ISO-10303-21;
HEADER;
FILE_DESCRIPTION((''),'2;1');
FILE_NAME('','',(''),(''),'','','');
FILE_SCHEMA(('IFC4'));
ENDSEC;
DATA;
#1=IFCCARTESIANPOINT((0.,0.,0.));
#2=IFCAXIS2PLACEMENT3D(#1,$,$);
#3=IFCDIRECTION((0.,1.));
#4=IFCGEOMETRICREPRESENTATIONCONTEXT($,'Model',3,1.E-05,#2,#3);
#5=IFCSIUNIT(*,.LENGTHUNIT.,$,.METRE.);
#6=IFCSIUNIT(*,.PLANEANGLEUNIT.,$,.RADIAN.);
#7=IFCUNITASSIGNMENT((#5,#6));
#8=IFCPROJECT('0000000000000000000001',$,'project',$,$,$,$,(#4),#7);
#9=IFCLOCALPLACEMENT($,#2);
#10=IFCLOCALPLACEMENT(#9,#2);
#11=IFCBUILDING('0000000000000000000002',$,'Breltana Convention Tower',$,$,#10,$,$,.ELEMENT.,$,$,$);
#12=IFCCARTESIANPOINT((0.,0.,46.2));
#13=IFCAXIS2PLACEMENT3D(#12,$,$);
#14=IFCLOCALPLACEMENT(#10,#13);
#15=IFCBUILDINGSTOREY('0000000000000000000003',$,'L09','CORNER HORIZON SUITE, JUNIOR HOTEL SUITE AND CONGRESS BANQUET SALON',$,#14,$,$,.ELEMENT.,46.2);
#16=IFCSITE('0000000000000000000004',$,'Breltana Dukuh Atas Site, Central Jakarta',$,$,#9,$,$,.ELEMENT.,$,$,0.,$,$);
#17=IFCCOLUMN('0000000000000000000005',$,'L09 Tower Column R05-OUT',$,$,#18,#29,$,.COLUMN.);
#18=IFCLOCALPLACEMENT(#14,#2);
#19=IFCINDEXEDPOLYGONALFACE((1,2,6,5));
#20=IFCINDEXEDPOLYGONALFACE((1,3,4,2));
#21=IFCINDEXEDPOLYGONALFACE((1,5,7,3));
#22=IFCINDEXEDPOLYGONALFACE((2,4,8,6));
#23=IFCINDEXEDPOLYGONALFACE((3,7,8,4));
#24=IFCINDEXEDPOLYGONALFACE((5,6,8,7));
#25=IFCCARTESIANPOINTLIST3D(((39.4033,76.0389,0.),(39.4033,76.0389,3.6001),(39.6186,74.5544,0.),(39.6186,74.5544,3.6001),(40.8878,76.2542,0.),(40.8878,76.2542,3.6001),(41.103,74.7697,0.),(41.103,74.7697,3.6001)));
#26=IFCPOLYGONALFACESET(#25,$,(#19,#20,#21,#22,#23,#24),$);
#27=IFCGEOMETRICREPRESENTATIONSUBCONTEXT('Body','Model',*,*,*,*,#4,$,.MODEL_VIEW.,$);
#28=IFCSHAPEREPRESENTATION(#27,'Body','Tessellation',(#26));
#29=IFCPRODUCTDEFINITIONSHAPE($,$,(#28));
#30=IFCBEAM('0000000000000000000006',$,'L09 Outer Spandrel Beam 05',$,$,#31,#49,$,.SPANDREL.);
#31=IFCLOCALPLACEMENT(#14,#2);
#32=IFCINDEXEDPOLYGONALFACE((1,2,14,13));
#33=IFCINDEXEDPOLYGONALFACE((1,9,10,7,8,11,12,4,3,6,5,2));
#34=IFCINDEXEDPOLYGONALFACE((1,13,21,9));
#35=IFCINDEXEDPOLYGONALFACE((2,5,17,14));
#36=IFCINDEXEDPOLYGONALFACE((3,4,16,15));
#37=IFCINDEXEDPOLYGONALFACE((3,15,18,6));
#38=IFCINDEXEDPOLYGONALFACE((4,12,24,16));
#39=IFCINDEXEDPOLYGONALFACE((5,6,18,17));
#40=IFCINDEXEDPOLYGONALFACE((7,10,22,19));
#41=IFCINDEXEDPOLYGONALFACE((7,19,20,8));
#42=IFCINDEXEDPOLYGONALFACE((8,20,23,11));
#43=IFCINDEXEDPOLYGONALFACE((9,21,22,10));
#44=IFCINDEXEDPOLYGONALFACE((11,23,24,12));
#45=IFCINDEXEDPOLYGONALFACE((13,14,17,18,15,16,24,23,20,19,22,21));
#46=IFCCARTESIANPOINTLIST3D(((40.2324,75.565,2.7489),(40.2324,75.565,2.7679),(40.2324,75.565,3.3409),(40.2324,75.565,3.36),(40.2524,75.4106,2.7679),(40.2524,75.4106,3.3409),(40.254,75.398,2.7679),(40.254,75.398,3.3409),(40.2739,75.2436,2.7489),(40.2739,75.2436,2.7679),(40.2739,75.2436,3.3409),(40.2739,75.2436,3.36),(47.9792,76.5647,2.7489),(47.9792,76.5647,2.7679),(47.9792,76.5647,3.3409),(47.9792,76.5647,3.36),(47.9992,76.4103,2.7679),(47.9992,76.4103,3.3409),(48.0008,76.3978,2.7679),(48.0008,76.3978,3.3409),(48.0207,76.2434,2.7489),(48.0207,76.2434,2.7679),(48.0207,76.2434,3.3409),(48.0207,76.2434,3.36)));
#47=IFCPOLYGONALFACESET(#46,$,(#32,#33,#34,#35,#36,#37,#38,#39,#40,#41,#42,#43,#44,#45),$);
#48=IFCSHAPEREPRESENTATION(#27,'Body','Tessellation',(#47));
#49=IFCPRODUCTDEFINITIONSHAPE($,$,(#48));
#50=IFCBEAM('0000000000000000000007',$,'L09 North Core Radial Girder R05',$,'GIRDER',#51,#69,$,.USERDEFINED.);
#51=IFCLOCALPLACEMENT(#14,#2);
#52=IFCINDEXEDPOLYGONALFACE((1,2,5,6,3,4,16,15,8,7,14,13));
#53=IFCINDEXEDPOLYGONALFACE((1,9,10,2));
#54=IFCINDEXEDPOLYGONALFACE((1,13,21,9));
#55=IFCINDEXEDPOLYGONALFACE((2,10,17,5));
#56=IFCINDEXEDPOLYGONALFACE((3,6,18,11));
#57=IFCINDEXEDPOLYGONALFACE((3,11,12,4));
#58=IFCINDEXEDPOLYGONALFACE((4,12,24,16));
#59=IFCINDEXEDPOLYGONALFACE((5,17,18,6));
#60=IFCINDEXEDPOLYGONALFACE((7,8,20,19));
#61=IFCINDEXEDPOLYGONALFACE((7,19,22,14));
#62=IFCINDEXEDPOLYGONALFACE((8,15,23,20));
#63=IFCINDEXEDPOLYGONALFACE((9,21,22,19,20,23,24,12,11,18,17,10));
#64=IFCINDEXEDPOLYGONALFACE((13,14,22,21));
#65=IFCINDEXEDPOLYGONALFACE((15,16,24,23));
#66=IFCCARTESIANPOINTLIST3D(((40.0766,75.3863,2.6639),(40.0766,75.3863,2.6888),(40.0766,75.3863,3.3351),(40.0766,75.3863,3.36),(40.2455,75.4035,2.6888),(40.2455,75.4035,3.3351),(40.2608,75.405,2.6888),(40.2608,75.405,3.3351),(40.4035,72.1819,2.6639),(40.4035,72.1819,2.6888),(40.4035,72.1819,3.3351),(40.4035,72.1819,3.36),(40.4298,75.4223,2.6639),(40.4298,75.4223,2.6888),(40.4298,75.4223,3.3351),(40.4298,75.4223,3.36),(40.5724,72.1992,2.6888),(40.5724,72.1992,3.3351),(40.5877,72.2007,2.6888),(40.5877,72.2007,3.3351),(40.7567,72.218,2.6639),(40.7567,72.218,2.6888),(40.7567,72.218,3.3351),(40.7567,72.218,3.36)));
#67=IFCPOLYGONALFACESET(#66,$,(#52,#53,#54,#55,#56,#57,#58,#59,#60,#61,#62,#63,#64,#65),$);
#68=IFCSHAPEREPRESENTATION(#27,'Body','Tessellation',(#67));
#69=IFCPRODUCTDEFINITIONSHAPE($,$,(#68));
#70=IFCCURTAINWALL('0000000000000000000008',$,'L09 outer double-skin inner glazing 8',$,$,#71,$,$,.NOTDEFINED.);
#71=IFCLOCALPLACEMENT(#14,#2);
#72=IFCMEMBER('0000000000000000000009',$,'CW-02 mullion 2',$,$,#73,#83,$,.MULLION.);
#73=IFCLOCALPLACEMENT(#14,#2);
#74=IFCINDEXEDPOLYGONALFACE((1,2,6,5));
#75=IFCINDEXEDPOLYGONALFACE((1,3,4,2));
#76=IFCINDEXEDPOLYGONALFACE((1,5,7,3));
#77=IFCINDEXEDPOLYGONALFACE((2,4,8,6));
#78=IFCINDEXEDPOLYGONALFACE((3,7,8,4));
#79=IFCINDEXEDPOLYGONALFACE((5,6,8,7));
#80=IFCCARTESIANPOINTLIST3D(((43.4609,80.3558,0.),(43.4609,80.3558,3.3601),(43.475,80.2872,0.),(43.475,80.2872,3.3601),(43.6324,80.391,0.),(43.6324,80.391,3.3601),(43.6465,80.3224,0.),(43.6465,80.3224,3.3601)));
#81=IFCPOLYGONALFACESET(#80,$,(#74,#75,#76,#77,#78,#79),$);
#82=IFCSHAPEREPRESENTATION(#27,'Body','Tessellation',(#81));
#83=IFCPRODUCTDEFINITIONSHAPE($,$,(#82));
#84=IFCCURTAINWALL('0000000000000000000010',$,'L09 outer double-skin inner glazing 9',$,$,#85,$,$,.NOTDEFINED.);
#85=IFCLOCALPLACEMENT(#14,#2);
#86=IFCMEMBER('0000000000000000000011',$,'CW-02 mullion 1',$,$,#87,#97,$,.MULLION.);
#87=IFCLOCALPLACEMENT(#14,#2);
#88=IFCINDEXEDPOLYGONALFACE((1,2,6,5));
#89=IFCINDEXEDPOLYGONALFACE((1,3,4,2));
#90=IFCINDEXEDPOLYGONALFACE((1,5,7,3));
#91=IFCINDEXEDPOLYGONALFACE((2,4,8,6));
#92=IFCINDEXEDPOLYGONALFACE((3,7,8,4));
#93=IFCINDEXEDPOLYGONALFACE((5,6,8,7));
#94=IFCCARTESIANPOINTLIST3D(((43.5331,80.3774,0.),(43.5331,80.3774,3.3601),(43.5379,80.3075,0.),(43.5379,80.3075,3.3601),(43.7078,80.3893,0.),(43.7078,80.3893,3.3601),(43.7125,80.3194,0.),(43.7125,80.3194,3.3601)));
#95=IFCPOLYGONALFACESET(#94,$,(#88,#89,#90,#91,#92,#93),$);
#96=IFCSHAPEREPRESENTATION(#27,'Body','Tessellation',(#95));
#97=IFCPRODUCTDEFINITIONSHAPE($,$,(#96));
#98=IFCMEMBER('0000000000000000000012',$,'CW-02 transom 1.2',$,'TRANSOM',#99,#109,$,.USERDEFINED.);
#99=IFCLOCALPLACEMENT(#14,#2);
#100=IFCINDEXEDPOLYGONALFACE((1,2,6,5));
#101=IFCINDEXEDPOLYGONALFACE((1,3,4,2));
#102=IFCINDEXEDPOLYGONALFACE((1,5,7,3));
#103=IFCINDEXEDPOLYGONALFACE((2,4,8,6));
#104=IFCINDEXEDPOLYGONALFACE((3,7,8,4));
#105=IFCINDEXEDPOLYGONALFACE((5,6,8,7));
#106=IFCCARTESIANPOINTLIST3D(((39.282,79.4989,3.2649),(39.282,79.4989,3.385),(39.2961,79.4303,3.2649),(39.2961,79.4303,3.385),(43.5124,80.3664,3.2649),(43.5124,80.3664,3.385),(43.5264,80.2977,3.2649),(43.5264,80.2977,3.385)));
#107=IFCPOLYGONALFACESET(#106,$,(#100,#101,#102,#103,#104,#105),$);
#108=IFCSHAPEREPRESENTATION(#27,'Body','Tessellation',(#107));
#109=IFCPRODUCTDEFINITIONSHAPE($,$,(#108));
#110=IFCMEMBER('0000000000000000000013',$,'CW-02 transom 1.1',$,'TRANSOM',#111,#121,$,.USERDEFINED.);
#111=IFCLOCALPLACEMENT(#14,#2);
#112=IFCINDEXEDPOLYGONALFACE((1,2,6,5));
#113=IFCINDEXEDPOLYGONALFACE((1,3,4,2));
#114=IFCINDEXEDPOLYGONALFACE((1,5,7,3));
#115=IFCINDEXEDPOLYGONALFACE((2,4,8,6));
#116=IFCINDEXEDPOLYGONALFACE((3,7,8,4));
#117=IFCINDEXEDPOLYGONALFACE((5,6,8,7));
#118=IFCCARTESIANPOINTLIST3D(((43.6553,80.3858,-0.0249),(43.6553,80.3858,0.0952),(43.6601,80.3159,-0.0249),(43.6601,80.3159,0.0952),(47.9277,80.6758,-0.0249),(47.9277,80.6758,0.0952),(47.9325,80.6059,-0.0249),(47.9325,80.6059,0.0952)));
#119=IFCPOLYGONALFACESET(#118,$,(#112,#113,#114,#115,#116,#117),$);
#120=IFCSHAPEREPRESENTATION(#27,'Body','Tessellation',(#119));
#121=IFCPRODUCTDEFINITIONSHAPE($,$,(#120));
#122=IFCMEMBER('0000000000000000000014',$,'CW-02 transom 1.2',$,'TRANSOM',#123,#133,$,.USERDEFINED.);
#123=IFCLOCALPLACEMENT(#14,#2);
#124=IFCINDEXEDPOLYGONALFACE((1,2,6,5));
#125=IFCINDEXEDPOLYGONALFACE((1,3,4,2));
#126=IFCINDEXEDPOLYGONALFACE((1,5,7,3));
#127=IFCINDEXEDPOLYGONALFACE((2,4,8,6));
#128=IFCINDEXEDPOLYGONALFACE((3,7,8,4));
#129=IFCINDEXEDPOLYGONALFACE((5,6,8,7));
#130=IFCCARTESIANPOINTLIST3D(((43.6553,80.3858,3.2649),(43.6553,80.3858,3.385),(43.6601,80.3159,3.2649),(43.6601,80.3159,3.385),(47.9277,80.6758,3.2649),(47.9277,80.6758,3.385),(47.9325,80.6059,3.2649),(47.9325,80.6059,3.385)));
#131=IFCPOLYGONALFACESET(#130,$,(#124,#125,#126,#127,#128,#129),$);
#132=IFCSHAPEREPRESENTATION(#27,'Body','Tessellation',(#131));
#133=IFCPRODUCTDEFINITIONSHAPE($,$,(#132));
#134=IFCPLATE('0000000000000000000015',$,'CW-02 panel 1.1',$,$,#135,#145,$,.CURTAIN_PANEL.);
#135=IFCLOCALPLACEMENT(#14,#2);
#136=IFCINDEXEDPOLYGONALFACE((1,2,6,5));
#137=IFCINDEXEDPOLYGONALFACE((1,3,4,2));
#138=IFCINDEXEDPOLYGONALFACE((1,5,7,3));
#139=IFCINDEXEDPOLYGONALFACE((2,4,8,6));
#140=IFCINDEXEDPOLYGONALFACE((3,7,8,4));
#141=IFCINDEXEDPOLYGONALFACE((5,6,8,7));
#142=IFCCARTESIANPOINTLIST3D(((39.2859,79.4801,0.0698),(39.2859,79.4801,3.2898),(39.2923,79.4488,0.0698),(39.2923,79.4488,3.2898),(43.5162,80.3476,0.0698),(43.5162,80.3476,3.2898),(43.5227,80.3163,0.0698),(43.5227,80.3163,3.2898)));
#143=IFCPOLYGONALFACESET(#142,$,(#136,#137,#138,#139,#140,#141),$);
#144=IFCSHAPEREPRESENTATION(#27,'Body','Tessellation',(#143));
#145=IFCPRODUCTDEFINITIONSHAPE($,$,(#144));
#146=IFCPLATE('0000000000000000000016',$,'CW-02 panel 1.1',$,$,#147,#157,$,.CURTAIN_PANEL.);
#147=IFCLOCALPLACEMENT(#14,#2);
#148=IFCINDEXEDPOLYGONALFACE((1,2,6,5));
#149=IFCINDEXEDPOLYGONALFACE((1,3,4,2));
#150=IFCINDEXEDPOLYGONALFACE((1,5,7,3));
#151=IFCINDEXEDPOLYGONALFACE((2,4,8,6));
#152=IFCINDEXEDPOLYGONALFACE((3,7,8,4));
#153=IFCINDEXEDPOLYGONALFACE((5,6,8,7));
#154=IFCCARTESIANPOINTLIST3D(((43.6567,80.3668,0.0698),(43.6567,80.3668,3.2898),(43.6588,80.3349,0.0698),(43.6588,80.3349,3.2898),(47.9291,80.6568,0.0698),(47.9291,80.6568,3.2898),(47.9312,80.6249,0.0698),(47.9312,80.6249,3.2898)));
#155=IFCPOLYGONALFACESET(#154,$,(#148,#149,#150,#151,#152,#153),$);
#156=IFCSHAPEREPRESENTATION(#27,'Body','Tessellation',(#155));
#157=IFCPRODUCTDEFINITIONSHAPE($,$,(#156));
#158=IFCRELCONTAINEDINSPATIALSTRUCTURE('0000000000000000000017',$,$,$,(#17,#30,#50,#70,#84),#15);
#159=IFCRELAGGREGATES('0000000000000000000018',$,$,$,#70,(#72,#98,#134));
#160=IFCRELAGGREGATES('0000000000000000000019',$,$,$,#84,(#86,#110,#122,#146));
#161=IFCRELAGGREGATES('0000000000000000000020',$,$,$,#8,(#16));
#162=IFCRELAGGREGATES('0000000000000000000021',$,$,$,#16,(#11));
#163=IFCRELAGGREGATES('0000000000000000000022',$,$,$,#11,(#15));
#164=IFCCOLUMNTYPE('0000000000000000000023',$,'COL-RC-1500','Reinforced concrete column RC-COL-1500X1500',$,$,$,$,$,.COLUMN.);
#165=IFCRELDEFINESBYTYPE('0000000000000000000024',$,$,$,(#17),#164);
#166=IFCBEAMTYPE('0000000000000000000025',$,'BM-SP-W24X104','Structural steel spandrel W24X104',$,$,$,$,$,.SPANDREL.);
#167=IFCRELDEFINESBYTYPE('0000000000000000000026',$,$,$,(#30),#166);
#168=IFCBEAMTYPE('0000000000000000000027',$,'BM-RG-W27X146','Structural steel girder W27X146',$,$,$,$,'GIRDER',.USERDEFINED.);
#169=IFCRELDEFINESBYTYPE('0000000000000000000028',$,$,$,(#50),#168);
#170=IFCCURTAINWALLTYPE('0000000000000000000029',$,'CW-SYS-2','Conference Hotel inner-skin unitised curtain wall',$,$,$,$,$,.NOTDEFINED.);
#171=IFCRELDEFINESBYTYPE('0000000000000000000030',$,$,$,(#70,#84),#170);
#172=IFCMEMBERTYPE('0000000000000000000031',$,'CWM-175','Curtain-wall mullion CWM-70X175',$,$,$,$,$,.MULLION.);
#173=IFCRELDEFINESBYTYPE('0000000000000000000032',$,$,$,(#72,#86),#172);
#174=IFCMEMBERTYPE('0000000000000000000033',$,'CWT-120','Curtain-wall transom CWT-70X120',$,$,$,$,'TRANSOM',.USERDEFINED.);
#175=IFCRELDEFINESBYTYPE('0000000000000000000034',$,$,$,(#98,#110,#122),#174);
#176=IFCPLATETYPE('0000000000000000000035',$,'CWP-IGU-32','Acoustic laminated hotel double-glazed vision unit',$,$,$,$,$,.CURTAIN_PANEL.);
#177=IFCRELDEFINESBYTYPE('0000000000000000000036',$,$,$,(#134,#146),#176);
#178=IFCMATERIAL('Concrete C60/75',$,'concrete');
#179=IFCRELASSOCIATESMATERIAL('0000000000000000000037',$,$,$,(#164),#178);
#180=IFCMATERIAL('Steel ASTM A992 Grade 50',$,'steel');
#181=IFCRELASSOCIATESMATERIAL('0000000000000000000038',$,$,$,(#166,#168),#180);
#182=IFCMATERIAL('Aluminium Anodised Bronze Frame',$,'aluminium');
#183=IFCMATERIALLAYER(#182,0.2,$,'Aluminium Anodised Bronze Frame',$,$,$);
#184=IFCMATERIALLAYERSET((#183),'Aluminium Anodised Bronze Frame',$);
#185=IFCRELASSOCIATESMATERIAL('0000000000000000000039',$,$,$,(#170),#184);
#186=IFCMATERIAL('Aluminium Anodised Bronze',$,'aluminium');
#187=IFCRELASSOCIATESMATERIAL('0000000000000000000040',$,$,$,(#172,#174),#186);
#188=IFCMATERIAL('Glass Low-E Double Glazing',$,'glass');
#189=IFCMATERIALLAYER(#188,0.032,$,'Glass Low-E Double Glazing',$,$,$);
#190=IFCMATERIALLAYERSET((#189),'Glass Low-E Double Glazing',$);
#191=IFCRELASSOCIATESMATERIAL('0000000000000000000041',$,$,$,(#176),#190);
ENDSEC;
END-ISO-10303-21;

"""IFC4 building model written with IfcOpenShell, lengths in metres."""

from ifc_helpers import new_model, si_unit, direction, frame, origin, origin_2d, place, context, subcontext, project, spatial, rectangle, i_section, extrude, source, transform, mapped, material, layer, layer_set, material_profile, profile_set, type_object, type_shapes, element, aggregate, save


model = new_model("IFC4")

# Units and contexts
model_context = context("Model", 3, precision=1e-05, world=origin(), true_north=direction((0.0, 1.0)))
body_context = subcontext(model_context, "Body", "Model", "MODEL_VIEW")
ifc_project = project(units=[si_unit("LENGTHUNIT", "METRE"), si_unit("PLANEANGLEUNIT", "RADIAN")], contexts=[model_context])

# Site, building, storey
site_placement = place(None, origin())
site = spatial("IfcSite", under=ifc_project, at=site_placement, Name="Breltana Dukuh Atas Site, Central Jakarta", CompositionType="ELEMENT", RefElevation=0.0)
building_placement = place(site_placement, origin())
building = spatial("IfcBuilding", under=site, at=building_placement, Name="Breltana Convention Tower", CompositionType="ELEMENT")
storey_placement = place(building_placement, frame((0.0, 0.0, 46.2)))
storey = spatial("IfcBuildingStorey", under=building, at=storey_placement, Name="L09", Description="CORNER HORIZON SUITE, JUNIOR HOTEL SUITE AND CONGRESS BANQUET SALON", CompositionType="ELEMENT", Elevation=46.2)

# Column
ifc_material_1 = material(Name="Concrete C60/75", Category="concrete")
ifc_material_profile_1 = material_profile(ifc_material_1, rectangle(XDim=1.5, YDim=1.5, at=origin_2d()), Name="RC-COL-1500X1500")
ifc_profile_set_1 = profile_set([ifc_material_profile_1], Name="Concrete C60/75")
column_type = type_object("IfcColumnType", Name="COL-RC-1500", Description="Reinforced concrete column RC-COL-1500X1500", PredefinedType="COLUMN", material=ifc_profile_set_1)
shared_shape_1 = source(origin(), body_context, "Body", "SweptSolid", [
    extrude(rectangle(XDim=1.5, YDim=1.5, at=origin_2d()), origin(), (0.0, 0.0, 1.0), 3.6001),
])
column_placement = place(storey_placement, frame((40.2532, 75.4043, 0.0), z_axis=(0.0, 0.0, 1.0), x_axis=(-0.143493, 0.989651, 0.0)))
element("IfcColumn", 1, at=column_placement, inside=storey, type_object=column_type, Name="L09 Tower Column R05-OUT", PredefinedType="COLUMN", context=body_context, shape_type="MappedRepresentation", body=[
    mapped(shared_shape_1, transform((0.0, 0.0, 0.0), scale=1.0)),
])

# Beams
ifc_material_2 = material(Name="Steel ASTM A992 Grade 50", Category="steel")
ifc_material_profile_2 = material_profile(ifc_material_2, i_section(OverallWidth=0.324, OverallDepth=0.6111, WebThickness=0.0127, FlangeThickness=0.019, at=origin_2d()), Name="W24X104")
ifc_profile_set_2 = profile_set([ifc_material_profile_2], Name="Steel ASTM A992 Grade 50")
beam_type_1 = type_object("IfcBeamType", Name="BM-SP-W24X104", Description="Structural steel spandrel W24X104", PredefinedType="SPANDREL", material=ifc_profile_set_2)
shared_shape_2 = source(origin(), body_context, "Body", "SweptSolid", [
    extrude(i_section(OverallWidth=0.324, OverallDepth=0.6111, WebThickness=0.0127, FlangeThickness=0.019, at=origin_2d()), origin(), (0.0, 0.0, 1.0), 7.811),
])
beam_1_placement = place(storey_placement, frame((40.2532, 75.4043, 3.0544), z_axis=(0.991775, 0.127992, 0.0), x_axis=(-0.127992, 0.991775, 0.0)))
element("IfcBeam", 2, at=beam_1_placement, inside=storey, type_object=beam_type_1, Name="L09 Outer Spandrel Beam 05", PredefinedType="SPANDREL", context=body_context, shape_type="MappedRepresentation", body=[
    mapped(shared_shape_2, transform((0.0, 0.0, 0.0), scale=1.0)),
])
ifc_material_profile_3 = material_profile(ifc_material_2, i_section(OverallWidth=0.355, OverallDepth=0.696, WebThickness=0.0154, FlangeThickness=0.0249, at=origin_2d()), Name="W27X146")
ifc_profile_set_3 = profile_set([ifc_material_profile_3], Name="Steel ASTM A992 Grade 50")
beam_type_2 = type_object("IfcBeamType", Name="BM-RG-W27X146", Description="Structural steel girder W27X146", ElementType="GIRDER", PredefinedType="USERDEFINED", material=ifc_profile_set_3)
shared_shape_3 = source(origin(), body_context, "Body", "SweptSolid", [
    extrude(i_section(OverallWidth=0.355, OverallDepth=0.696, WebThickness=0.0154, FlangeThickness=0.0249, at=origin_2d()), origin(), (0.0, 0.0, 1.0), 3.2209),
])
beam_2_placement = place(storey_placement, frame((40.5801, 72.2, 3.012), z_axis=(-0.101492, 0.994836, 0.0), x_axis=(-0.994836, -0.101492, 0.0)))
element("IfcBeam", 3, at=beam_2_placement, inside=storey, type_object=beam_type_2, Name="L09 North Core Radial Girder R05", ObjectType="GIRDER", PredefinedType="USERDEFINED", context=body_context, shape_type="MappedRepresentation", body=[
    mapped(shared_shape_3, transform((0.0, 0.0, 0.0), scale=1.0)),
])

# Curtain walls, members
ifc_material_3 = material(Name="Aluminium Anodised Bronze Frame", Category="aluminium")
ifc_layer_1 = layer(ifc_material_3, 0.2, Name="Aluminium Anodised Bronze Frame")
ifc_layer_set_1 = layer_set([ifc_layer_1], Name="Aluminium Anodised Bronze Frame")
curtain_wall_type = type_object("IfcCurtainWallType", Name="CW-SYS-2", Description="Conference Hotel inner-skin unitised curtain wall", PredefinedType="NOTDEFINED", material=ifc_layer_set_1)
curtain_wall_1_placement = place(storey_placement, origin())
curtain_wall_1 = element("IfcCurtainWall", 4, at=curtain_wall_1_placement, inside=storey, type_object=curtain_wall_type, Name="L09 outer double-skin inner glazing 8", PredefinedType="NOTDEFINED")
ifc_material_4 = material(Name="Aluminium Anodised Bronze", Category="aluminium")
ifc_material_profile_4 = material_profile(ifc_material_4, rectangle(XDim=0.0701, YDim=0.175, at=origin_2d()), Name="CWM-70X175")
ifc_profile_set_4 = profile_set([ifc_material_profile_4], Name="Aluminium Anodised Bronze")
member_type_1 = type_object("IfcMemberType", Name="CWM-175", Description="Curtain-wall mullion CWM-70X175", PredefinedType="MULLION", material=ifc_profile_set_4)
shared_shape_4 = source(origin(), body_context, "Body", "SweptSolid", [
    extrude(rectangle(XDim=0.0701, YDim=0.175, at=origin_2d()), origin(), (0.0, 0.0, 1.0), 3.3601),
])
type_shapes(member_type_1, [shared_shape_4])
member_1_placement = place(storey_placement, frame((43.5537, 80.3391, 0.0), z_axis=(0.0, 0.0, 1.0), x_axis=(-0.200885, 0.979615, 0.0)))
member_1 = element("IfcMember", 5, at=member_1_placement, type_object=member_type_1, Name="CW-02 mullion 2", PredefinedType="MULLION", context=body_context, shape_type="MappedRepresentation", body=[
    mapped(shared_shape_4, transform((0.0, 0.0, 0.0), scale=1.0)),
])
curtain_wall_2_placement = place(storey_placement, origin())
curtain_wall_2 = element("IfcCurtainWall", 6, at=curtain_wall_2_placement, inside=storey, type_object=curtain_wall_type, Name="L09 outer double-skin inner glazing 9", PredefinedType="NOTDEFINED")
member_2_placement = place(storey_placement, frame((43.6228, 80.3484, 0.0), z_axis=(0.0, 0.0, 1.0), x_axis=(-0.067726, 0.997704, 0.0)))
member_2 = element("IfcMember", 7, at=member_2_placement, type_object=member_type_1, Name="CW-02 mullion 1", PredefinedType="MULLION", context=body_context, shape_type="MappedRepresentation", body=[
    mapped(shared_shape_4, transform((0.0, 0.0, 0.0), scale=1.0)),
])

# Members
ifc_material_profile_5 = material_profile(ifc_material_4, rectangle(XDim=0.0701, YDim=0.1201, at=origin_2d()), Name="CWT-70X120")
ifc_profile_set_5 = profile_set([ifc_material_profile_5], Name="Aluminium Anodised Bronze")
member_type_2 = type_object("IfcMemberType", Name="CWT-120", Description="Curtain-wall transom CWT-70X120", ElementType="TRANSOM", PredefinedType="USERDEFINED", material=ifc_profile_set_5)
shared_shape_5 = source(origin(), body_context, "Body", "SweptSolid", [
    extrude(rectangle(XDim=0.0701, YDim=0.1201, at=origin_2d()), origin(), (0.0, 0.0, 1.0), 4.3184),
])
member_3_placement = place(storey_placement, frame((39.2891, 79.4646, 3.325), z_axis=(0.979617, 0.200876, 0.0), x_axis=(-0.200876, 0.979617, 0.0)))
member_3 = element("IfcMember", 8, at=member_3_placement, type_object=member_type_2, Name="CW-02 transom 1.2", ObjectType="TRANSOM", PredefinedType="USERDEFINED", context=body_context, shape_type="MappedRepresentation", body=[
    mapped(shared_shape_5, transform((0.0, 0.0, 0.0), scale=1.0)),
])
shared_shape_6 = source(origin(), body_context, "Body", "SweptSolid", [
    extrude(rectangle(XDim=0.0701, YDim=0.1201, at=origin_2d()), origin(), (0.0, 0.0, 1.0), 4.2822),
])
member_4_placement = place(storey_placement, frame((43.6577, 80.3508, 0.0352), z_axis=(0.997704, 0.06773, 0.0), x_axis=(-0.06773, 0.997704, 0.0)))
member_4 = element("IfcMember", 9, at=member_4_placement, type_object=member_type_2, Name="CW-02 transom 1.1", ObjectType="TRANSOM", PredefinedType="USERDEFINED", context=body_context, shape_type="MappedRepresentation", body=[
    mapped(shared_shape_6, transform((0.0, 0.0, 0.0), scale=1.0)),
])
member_5_placement = place(storey_placement, frame((43.6577, 80.3508, 3.325), z_axis=(0.997704, 0.06773, 0.0), x_axis=(-0.06773, 0.997704, 0.0)))
member_5 = element("IfcMember", 10, at=member_5_placement, type_object=member_type_2, Name="CW-02 transom 1.2", ObjectType="TRANSOM", PredefinedType="USERDEFINED", context=body_context, shape_type="MappedRepresentation", body=[
    mapped(shared_shape_6, transform((0.0, 0.0, 0.0), scale=1.0)),
])

# Plates
ifc_material_5 = material(Name="Glass Low-E Double Glazing", Category="glass")
ifc_layer_2 = layer(ifc_material_5, 0.032, Name="Glass Low-E Double Glazing")
ifc_layer_set_2 = layer_set([ifc_layer_2], Name="Glass Low-E Double Glazing")
plate_type = type_object("IfcPlateType", Name="CWP-IGU-32", Description="Acoustic laminated hotel double-glazed vision unit", PredefinedType="CURTAIN_PANEL", material=ifc_layer_set_2)
shared_shape_7 = source(origin(), body_context, "Body", "SweptSolid", [
    extrude(rectangle(XDim=4.3184, YDim=0.032, at=origin_2d()), origin(), (0.0, 0.0, 1.0), 3.22),
])
plate_1_placement = place(storey_placement, frame((41.4043, 79.8982, 0.0698), z_axis=(0.0, 0.0, 1.0), x_axis=(0.979615, 0.200885, 0.0)))
plate_1 = element("IfcPlate", 11, at=plate_1_placement, type_object=plate_type, Name="CW-02 panel 1.1", PredefinedType="CURTAIN_PANEL", context=body_context, shape_type="MappedRepresentation", body=[
    mapped(shared_shape_7, transform((0.0, 0.0, 0.0), scale=1.0)),
])
aggregate(curtain_wall_1, [member_1, member_3, plate_1])
shared_shape_8 = source(origin(), body_context, "Body", "SweptSolid", [
    extrude(rectangle(XDim=4.2822, YDim=0.032, at=origin_2d()), origin(), (0.0, 0.0, 1.0), 3.22),
])
plate_2_placement = place(storey_placement, frame((45.7939, 80.4958, 0.0698), z_axis=(0.0, 0.0, 1.0), x_axis=(0.997704, 0.067726, 0.0)))
plate_2 = element("IfcPlate", 12, at=plate_2_placement, type_object=plate_type, Name="CW-02 panel 1.1", PredefinedType="CURTAIN_PANEL", context=body_context, shape_type="MappedRepresentation", body=[
    mapped(shared_shape_8, transform((0.0, 0.0, 0.0), scale=1.0)),
])
aggregate(curtain_wall_2, [member_2, member_4, member_5, plate_2])

save(model, "model.ifc")
